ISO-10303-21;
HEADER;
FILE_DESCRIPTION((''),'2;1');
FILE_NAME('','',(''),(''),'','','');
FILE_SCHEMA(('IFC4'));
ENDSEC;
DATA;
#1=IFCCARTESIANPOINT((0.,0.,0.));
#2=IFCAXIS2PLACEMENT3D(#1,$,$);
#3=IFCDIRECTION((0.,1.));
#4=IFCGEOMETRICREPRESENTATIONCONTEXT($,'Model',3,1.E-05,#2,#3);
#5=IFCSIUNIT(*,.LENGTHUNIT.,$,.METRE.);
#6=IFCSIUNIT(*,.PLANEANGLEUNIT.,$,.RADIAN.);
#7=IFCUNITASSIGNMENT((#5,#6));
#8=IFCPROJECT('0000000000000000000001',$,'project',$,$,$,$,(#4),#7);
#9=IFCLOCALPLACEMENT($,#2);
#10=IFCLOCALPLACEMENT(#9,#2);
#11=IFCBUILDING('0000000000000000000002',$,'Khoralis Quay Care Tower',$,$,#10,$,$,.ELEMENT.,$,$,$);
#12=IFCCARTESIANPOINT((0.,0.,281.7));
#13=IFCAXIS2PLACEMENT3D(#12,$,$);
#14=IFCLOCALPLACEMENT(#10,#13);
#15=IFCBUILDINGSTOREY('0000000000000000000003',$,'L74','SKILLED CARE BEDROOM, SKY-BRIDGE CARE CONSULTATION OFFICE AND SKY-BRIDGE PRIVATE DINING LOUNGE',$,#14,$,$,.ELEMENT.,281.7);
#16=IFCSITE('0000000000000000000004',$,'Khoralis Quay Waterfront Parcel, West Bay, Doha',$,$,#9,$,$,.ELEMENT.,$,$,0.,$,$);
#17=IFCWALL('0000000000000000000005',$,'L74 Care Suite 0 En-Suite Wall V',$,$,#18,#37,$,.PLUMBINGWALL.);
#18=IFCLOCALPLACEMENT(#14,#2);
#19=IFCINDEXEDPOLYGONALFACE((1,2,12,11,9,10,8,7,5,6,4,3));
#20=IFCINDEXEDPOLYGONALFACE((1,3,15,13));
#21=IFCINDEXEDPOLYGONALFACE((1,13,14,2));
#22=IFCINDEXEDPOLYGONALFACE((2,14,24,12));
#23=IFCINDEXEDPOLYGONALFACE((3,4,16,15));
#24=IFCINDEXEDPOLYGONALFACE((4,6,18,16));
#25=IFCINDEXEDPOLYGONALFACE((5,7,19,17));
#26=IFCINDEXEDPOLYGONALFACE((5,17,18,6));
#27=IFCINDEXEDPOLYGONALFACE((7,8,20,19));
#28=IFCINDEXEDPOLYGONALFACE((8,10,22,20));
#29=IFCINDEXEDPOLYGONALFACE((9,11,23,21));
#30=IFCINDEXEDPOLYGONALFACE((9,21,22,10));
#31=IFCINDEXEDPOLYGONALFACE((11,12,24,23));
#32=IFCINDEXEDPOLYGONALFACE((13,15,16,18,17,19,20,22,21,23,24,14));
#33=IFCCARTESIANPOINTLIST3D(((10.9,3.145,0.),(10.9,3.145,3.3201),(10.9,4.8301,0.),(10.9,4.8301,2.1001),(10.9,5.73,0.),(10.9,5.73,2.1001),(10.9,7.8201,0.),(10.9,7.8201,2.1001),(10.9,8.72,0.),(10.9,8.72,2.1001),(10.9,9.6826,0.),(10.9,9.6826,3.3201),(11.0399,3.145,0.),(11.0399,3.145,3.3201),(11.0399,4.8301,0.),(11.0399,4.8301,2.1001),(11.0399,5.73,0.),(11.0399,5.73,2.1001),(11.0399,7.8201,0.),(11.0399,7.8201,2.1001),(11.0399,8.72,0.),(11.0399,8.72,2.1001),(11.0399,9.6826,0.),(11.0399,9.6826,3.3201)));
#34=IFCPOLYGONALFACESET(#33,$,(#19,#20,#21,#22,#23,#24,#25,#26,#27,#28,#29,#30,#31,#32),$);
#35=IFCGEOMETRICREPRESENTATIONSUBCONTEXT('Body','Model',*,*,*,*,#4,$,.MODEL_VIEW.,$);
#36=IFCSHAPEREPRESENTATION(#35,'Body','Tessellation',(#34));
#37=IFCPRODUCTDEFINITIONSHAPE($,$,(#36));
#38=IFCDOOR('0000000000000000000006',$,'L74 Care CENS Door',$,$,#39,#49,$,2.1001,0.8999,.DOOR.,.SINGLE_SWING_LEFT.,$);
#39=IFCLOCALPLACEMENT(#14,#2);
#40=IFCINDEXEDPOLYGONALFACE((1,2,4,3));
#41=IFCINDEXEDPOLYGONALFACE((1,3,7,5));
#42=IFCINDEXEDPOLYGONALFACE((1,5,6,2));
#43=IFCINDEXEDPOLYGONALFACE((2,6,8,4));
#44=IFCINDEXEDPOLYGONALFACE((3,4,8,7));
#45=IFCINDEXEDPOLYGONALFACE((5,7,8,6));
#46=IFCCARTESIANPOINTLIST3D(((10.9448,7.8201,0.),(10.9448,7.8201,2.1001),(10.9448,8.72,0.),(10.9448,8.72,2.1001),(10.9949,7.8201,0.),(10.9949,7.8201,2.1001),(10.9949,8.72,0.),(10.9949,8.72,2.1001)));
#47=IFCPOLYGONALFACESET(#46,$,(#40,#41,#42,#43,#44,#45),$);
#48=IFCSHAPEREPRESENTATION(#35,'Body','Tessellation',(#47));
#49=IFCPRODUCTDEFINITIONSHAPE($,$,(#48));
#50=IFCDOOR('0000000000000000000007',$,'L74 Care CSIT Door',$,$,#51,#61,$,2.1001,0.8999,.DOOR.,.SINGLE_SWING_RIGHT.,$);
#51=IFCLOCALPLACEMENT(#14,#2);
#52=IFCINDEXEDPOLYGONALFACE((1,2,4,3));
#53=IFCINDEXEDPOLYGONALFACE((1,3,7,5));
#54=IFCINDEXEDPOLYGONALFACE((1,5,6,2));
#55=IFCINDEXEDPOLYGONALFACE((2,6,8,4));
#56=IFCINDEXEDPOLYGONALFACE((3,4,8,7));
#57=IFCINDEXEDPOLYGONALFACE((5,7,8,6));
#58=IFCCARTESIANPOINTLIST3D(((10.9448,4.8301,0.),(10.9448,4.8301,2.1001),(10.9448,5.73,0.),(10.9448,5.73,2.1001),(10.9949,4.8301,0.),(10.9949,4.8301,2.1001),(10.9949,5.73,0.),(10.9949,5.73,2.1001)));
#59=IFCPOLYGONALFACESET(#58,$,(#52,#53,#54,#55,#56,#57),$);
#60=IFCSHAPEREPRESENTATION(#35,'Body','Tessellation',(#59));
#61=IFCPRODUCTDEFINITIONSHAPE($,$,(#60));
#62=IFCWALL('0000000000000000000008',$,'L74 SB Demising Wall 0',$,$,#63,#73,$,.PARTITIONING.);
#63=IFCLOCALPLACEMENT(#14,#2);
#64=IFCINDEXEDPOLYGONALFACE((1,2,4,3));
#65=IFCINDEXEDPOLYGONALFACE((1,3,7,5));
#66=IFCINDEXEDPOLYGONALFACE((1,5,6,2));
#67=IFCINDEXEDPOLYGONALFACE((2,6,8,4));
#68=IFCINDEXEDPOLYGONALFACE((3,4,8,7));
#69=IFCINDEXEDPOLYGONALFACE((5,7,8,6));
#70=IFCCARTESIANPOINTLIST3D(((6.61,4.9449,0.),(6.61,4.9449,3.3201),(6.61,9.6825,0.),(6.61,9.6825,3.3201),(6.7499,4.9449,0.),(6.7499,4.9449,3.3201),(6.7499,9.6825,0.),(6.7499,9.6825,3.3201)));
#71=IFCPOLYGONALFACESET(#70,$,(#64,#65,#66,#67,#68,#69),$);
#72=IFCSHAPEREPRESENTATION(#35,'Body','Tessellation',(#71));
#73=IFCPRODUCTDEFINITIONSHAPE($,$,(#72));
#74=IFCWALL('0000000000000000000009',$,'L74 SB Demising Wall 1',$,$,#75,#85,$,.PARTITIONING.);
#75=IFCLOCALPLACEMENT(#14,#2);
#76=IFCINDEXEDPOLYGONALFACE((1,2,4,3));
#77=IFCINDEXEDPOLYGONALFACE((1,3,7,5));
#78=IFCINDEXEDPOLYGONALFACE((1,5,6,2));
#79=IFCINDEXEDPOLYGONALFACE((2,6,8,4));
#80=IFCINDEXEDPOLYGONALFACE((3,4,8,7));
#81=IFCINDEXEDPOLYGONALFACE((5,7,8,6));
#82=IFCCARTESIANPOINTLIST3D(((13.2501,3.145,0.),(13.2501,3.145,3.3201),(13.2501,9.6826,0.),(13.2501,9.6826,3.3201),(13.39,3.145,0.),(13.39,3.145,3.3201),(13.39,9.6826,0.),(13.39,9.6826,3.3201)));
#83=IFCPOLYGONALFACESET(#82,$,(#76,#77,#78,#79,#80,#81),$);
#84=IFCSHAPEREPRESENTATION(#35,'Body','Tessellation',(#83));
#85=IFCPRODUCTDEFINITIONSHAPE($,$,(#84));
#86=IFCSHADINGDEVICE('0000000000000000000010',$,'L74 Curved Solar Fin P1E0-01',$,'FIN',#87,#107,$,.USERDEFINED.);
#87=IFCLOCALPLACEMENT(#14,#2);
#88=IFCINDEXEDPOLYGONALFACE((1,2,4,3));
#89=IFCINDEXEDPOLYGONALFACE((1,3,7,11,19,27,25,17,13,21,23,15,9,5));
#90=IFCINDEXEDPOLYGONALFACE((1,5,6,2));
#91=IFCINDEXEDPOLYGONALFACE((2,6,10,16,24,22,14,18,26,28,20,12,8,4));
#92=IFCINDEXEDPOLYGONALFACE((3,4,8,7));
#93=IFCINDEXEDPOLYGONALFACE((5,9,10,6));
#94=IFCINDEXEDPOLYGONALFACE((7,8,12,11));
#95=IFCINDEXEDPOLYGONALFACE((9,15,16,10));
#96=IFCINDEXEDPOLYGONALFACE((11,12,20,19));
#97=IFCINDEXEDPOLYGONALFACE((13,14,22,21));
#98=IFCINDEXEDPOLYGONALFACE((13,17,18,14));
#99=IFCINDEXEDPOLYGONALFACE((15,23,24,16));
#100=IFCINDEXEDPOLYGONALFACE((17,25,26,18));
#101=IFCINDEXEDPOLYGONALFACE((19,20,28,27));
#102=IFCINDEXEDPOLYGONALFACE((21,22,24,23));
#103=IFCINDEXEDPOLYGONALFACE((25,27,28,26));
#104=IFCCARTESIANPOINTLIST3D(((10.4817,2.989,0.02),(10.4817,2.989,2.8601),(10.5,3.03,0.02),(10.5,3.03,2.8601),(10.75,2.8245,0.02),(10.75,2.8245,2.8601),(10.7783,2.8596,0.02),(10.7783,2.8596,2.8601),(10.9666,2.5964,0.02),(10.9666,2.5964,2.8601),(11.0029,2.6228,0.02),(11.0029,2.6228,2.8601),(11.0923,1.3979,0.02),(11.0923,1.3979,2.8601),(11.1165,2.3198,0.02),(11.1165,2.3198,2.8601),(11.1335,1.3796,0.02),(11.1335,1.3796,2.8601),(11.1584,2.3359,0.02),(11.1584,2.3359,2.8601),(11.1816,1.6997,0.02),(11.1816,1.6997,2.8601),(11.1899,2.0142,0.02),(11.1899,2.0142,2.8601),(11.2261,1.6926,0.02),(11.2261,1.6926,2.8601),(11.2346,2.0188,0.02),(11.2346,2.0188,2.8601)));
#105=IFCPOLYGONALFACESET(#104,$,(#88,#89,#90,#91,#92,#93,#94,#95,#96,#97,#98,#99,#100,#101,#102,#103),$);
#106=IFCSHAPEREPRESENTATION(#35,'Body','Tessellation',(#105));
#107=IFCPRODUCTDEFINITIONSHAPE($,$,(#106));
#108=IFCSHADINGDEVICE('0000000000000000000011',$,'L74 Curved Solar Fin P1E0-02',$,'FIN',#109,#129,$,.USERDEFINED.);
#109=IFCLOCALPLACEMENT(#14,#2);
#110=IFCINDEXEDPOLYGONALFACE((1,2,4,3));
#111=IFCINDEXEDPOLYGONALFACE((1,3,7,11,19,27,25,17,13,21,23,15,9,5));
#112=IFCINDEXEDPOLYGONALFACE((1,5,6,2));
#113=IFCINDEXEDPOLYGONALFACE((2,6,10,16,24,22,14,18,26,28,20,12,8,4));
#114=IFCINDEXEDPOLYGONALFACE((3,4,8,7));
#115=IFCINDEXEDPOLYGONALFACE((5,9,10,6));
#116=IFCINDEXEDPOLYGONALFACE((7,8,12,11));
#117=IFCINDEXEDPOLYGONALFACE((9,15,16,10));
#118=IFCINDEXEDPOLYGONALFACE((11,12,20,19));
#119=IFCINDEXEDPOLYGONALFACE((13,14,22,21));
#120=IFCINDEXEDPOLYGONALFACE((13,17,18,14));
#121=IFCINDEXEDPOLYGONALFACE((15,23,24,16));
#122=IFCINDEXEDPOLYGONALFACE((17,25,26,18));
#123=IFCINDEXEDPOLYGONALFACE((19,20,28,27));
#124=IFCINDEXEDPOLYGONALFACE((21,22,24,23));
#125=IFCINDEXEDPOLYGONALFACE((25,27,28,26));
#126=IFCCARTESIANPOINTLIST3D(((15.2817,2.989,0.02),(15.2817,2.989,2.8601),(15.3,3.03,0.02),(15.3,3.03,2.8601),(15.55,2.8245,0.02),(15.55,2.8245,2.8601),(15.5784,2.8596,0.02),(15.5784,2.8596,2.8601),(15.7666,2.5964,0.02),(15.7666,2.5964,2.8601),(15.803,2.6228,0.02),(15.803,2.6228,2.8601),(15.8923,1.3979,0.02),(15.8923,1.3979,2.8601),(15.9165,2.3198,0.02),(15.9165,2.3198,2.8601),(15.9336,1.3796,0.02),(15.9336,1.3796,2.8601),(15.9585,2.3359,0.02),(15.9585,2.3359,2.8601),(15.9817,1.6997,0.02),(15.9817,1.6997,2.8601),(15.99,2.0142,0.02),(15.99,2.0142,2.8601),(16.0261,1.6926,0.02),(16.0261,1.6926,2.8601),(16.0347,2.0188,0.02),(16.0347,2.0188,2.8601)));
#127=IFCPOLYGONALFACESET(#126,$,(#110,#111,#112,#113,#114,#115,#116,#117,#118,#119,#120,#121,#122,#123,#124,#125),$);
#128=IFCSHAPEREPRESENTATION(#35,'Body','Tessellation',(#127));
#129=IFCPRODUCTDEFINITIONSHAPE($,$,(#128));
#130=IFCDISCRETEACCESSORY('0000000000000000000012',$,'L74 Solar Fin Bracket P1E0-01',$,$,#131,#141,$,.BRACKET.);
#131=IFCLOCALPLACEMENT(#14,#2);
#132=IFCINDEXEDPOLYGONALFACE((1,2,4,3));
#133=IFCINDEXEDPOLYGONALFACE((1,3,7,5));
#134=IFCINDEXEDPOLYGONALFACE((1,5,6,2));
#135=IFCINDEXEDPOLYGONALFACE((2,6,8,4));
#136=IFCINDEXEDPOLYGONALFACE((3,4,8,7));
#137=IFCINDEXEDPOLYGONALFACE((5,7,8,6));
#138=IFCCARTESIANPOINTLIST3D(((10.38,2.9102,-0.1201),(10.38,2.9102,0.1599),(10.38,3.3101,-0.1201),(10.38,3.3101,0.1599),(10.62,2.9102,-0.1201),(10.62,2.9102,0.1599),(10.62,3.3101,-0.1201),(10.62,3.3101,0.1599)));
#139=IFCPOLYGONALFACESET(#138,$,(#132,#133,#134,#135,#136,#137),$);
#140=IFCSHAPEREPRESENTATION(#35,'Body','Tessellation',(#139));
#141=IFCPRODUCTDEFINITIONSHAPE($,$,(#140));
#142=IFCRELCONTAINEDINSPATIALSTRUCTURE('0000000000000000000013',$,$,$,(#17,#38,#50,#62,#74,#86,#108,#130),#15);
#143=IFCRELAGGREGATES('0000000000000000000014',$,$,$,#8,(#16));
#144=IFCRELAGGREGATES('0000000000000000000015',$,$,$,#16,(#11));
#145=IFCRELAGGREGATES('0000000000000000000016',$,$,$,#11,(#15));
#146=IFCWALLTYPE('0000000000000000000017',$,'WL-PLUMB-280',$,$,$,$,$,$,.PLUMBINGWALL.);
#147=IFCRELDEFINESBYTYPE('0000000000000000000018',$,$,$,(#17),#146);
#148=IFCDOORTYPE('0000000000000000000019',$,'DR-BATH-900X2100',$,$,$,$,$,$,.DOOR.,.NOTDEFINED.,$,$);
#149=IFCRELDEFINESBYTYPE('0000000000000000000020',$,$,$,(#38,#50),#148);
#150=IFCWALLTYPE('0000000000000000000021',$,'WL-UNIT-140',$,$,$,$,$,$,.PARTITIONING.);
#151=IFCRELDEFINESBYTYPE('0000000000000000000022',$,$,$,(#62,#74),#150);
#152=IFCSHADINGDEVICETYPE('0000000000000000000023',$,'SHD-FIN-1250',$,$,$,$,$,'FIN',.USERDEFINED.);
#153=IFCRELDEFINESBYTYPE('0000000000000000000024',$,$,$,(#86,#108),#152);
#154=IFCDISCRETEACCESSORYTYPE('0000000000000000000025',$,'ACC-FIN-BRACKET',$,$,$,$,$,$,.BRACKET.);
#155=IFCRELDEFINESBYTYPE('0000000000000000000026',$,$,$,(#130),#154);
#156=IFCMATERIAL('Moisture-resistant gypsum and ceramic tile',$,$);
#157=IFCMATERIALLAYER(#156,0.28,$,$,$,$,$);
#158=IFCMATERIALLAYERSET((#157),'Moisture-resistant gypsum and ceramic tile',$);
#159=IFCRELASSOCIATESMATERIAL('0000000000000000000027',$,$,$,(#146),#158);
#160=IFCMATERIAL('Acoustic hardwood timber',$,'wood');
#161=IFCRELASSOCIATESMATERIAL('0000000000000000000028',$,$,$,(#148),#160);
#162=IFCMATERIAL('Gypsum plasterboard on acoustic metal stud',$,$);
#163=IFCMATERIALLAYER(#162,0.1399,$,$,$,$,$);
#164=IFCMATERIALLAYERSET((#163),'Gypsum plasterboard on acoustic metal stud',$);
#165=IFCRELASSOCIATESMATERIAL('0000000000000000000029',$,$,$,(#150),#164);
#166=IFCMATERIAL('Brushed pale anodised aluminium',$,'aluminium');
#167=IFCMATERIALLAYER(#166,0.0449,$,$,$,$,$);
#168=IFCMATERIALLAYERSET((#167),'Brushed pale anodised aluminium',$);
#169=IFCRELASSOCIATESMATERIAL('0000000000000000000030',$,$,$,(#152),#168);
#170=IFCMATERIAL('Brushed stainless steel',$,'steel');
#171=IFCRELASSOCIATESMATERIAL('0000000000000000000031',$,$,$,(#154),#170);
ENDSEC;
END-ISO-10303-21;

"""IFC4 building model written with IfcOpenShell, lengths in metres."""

from ifc_helpers import new_model, si_unit, direction, frame, frame_2d, origin, origin_2d, place, context, subcontext, project, spatial, polyline, rectangle, outline, extrude, source, transform, mapped, material, layer, layer_set, type_object, element, fill, save


model = new_model("IFC4")

# Units and contexts
model_context = context("Model", 3, precision=1e-05, world=origin(), true_north=direction((0.0, 1.0)))
body_context = subcontext(model_context, "Body", "Model", "MODEL_VIEW")
ifc_project = project(units=[si_unit("LENGTHUNIT", "METRE"), si_unit("PLANEANGLEUNIT", "RADIAN")], contexts=[model_context])

# Site, building, storey
site_placement = place(None, origin())
site = spatial("IfcSite", under=ifc_project, at=site_placement, Name="Khoralis Quay Waterfront Parcel, West Bay, Doha", CompositionType="ELEMENT", RefElevation=0.0)
building_placement = place(site_placement, origin())
building = spatial("IfcBuilding", under=site, at=building_placement, Name="Khoralis Quay Care Tower", CompositionType="ELEMENT")
storey_placement = place(building_placement, frame((0.0, 0.0, 281.7)))
storey = spatial("IfcBuildingStorey", under=building, at=storey_placement, Name="L74", Description="SKILLED CARE BEDROOM, SKY-BRIDGE CARE CONSULTATION OFFICE AND SKY-BRIDGE PRIVATE DINING LOUNGE", CompositionType="ELEMENT", Elevation=281.7)

# Wall, openings, doors
ifc_material_1 = material(Name="Moisture-resistant gypsum and ceramic tile")
ifc_layer_1 = layer(ifc_material_1, 0.28)
ifc_layer_set_1 = layer_set([ifc_layer_1], Name="Moisture-resistant gypsum and ceramic tile")
wall_type_1 = type_object("IfcWallType", Name="WL-PLUMB-280", PredefinedType="PLUMBINGWALL", material=ifc_layer_set_1)
wall_1_placement = place(storey_placement, frame((10.97, 3.145, 0.0), z_axis=(0.0, 0.0, 1.0), x_axis=(0.0, 1.0, 0.0)))
wall_1 = element("IfcWall", 1, at=wall_1_placement, inside=storey, type_object=wall_type_1, Name="L74 Care Suite 0 En-Suite Wall V", PredefinedType="PLUMBINGWALL", context=body_context, shape_type="SweptSolid", body=[
    extrude(rectangle(XDim=6.5376, YDim=0.1399, at=frame_2d((3.2688, 0.0))), origin(), (0.0, 0.0, 1.0), 3.3201),
])
opening_1_placement = place(wall_1_placement, frame((4.675, 0.0, 0.0)))
opening_1 = element("IfcOpeningElement", 2, at=opening_1_placement, cuts=wall_1, PredefinedType="OPENING", context=body_context, shape_type="SweptSolid", body=[
    extrude(rectangle(XDim=0.8999, YDim=2.1001, at=frame_2d((0.45, 1.05))), frame((0.0, 0.0801, 0.0), z_axis=(0.0, -1.0, 0.0), x_axis=(1.0, 0.0, 0.0)), (0.0, 0.0, 1.0), 0.1599),
])
opening_2_placement = place(wall_1_placement, frame((1.6851, 0.0, 0.0)))
opening_2 = element("IfcOpeningElement", 3, at=opening_2_placement, cuts=wall_1, PredefinedType="OPENING", context=body_context, shape_type="SweptSolid", body=[
    extrude(rectangle(XDim=0.8999, YDim=2.1001, at=frame_2d((0.45, 1.05))), frame((0.0, 0.0801, 0.0), z_axis=(0.0, -1.0, 0.0), x_axis=(1.0, 0.0, 0.0)), (0.0, 0.0, 1.0), 0.1599),
])
ifc_material_2 = material(Name="Acoustic hardwood timber", Category="wood")
door_type = type_object("IfcDoorType", Name="DR-BATH-900X2100", OperationType="NOTDEFINED", PredefinedType="DOOR", material=ifc_material_2)
shared_shape_1 = source(origin(), body_context, "Body", "SweptSolid", [
    extrude(rectangle(XDim=0.8999, YDim=2.1001, at=frame_2d((0.45, 1.05))), frame((0.0, 0.0249, 0.0), z_axis=(0.0, -1.0, 0.0), x_axis=(1.0, 0.0, 0.0)), (0.0, 0.0, 1.0), 0.05),
])
door_1_placement = place(opening_1_placement, frame((0.8999, 0.0, 0.0), z_axis=(0.0, 0.0, 1.0), x_axis=(-1.0, 0.0, 0.0)))
door_1 = element("IfcDoor", 4, at=door_1_placement, inside=storey, type_object=door_type, Name="L74 Care CENS Door", OperationType="SINGLE_SWING_LEFT", OverallHeight=2.1001, OverallWidth=0.8999, PredefinedType="DOOR", context=body_context, shape_type="MappedRepresentation", body=[
    mapped(shared_shape_1, transform((0.0, 0.0, 0.0), scale=1.0)),
])
fill(opening_1, door_1)
door_2_placement = place(opening_2_placement, frame((0.8999, 0.0, 0.0), z_axis=(0.0, 0.0, 1.0), x_axis=(-1.0, 0.0, 0.0)))
door_2 = element("IfcDoor", 5, at=door_2_placement, inside=storey, type_object=door_type, Name="L74 Care CSIT Door", OperationType="SINGLE_SWING_RIGHT", OverallHeight=2.1001, OverallWidth=0.8999, PredefinedType="DOOR", context=body_context, shape_type="MappedRepresentation", body=[
    mapped(shared_shape_1, transform((0.0, 0.0, 0.0), scale=1.0)),
])
fill(opening_2, door_2)

# Walls
ifc_material_3 = material(Name="Gypsum plasterboard on acoustic metal stud")
ifc_layer_2 = layer(ifc_material_3, 0.1399)
ifc_layer_set_2 = layer_set([ifc_layer_2], Name="Gypsum plasterboard on acoustic metal stud")
wall_type_2 = type_object("IfcWallType", Name="WL-UNIT-140", PredefinedType="PARTITIONING", material=ifc_layer_set_2)
wall_2_placement = place(storey_placement, frame((6.6799, 4.9451, 0.0), z_axis=(0.0, 0.0, 1.0), x_axis=(0.0, 1.0, 0.0)))
element("IfcWall", 6, at=wall_2_placement, inside=storey, type_object=wall_type_2, Name="L74 SB Demising Wall 0", PredefinedType="PARTITIONING", context=body_context, shape_type="SweptSolid", body=[
    extrude(rectangle(XDim=4.7375, YDim=0.1399, at=frame_2d((2.3687, 0.0))), origin(), (0.0, 0.0, 1.0), 3.3201),
])
wall_3_placement = place(storey_placement, frame((13.3201, 3.145, 0.0), z_axis=(0.0, 0.0, 1.0), x_axis=(0.0, 1.0, 0.0)))
element("IfcWall", 7, at=wall_3_placement, inside=storey, type_object=wall_type_2, Name="L74 SB Demising Wall 1", PredefinedType="PARTITIONING", context=body_context, shape_type="SweptSolid", body=[
    extrude(rectangle(XDim=6.5376, YDim=0.1399, at=frame_2d((3.2688, 0.0))), origin(), (0.0, 0.0, 1.0), 3.3201),
])

# Shading devices
ifc_material_4 = material(Name="Brushed pale anodised aluminium", Category="aluminium")
ifc_layer_3 = layer(ifc_material_4, 0.0449)
ifc_layer_set_3 = layer_set([ifc_layer_3], Name="Brushed pale anodised aluminium")
shading_device_type = type_object("IfcShadingDeviceType", Name="SHD-FIN-1250", ElementType="FIN", PredefinedType="USERDEFINED", material=ifc_layer_set_3)
shared_shape_2 = source(origin(), body_context, "Body", "SweptSolid", [
    extrude(outline(polyline([(0.0, 0.0), (0.1704, 0.2783), (0.4072, 0.5029), (0.6941, 0.6584), (1.0112, 0.7346), (1.3374, 0.7261), (1.6504, 0.6335), (1.6321, 0.5923), (1.3303, 0.6816), (1.0159, 0.6899), (0.7102, 0.6165), (0.4336, 0.4666), (0.2056, 0.25), (0.041, -0.0183), (0.0, 0.0)])), origin(), (0.0, 0.0, 1.0), 2.8401),
])
for number, where, z_axis, x_axis, name in (
    (8, (10.5, 3.03, 0.02), (0.0, 0.0, 1.0), (0.0, -1.0, 0.0), "L74 Curved Solar Fin P1E0-01"),
    (9, (15.3, 3.03, 0.02), (0.0, 0.0, 1.0), (0.0, -1.0, 0.0), "L74 Curved Solar Fin P1E0-02"),
):
    element("IfcShadingDevice", number, at=place(storey_placement, frame(where, z_axis=z_axis, x_axis=x_axis)), inside=storey, type_object=shading_device_type, Name=name, ObjectType="FIN", PredefinedType="USERDEFINED", context=body_context, shape_type="MappedRepresentation", body=[
        mapped(shared_shape_2, transform((0.0, 0.0, 0.0), scale=1.0)),
    ])

# Discrete accessory
ifc_material_5 = material(Name="Brushed stainless steel", Category="steel")
discrete_accessory_type = type_object("IfcDiscreteAccessoryType", Name="ACC-FIN-BRACKET", PredefinedType="BRACKET", material=ifc_material_5)
shared_shape_3 = source(origin(), body_context, "Body", "SweptSolid", [
    extrude(rectangle(XDim=0.3999, YDim=0.24, at=origin_2d()), origin(), (0.0, 0.0, 1.0), 0.28),
])
discrete_accessory_placement = place(storey_placement, frame((10.5, 3.1101, -0.1201), z_axis=(0.0, 0.0, 1.0), x_axis=(0.0, -1.0, 0.0)))
element("IfcDiscreteAccessory", 10, at=discrete_accessory_placement, inside=storey, type_object=discrete_accessory_type, Name="L74 Solar Fin Bracket P1E0-01", PredefinedType="BRACKET", context=body_context, shape_type="MappedRepresentation", body=[
    mapped(shared_shape_3, transform((0.0, 0.0, 0.0), scale=1.0)),
])

save(model, "model.ifc")
